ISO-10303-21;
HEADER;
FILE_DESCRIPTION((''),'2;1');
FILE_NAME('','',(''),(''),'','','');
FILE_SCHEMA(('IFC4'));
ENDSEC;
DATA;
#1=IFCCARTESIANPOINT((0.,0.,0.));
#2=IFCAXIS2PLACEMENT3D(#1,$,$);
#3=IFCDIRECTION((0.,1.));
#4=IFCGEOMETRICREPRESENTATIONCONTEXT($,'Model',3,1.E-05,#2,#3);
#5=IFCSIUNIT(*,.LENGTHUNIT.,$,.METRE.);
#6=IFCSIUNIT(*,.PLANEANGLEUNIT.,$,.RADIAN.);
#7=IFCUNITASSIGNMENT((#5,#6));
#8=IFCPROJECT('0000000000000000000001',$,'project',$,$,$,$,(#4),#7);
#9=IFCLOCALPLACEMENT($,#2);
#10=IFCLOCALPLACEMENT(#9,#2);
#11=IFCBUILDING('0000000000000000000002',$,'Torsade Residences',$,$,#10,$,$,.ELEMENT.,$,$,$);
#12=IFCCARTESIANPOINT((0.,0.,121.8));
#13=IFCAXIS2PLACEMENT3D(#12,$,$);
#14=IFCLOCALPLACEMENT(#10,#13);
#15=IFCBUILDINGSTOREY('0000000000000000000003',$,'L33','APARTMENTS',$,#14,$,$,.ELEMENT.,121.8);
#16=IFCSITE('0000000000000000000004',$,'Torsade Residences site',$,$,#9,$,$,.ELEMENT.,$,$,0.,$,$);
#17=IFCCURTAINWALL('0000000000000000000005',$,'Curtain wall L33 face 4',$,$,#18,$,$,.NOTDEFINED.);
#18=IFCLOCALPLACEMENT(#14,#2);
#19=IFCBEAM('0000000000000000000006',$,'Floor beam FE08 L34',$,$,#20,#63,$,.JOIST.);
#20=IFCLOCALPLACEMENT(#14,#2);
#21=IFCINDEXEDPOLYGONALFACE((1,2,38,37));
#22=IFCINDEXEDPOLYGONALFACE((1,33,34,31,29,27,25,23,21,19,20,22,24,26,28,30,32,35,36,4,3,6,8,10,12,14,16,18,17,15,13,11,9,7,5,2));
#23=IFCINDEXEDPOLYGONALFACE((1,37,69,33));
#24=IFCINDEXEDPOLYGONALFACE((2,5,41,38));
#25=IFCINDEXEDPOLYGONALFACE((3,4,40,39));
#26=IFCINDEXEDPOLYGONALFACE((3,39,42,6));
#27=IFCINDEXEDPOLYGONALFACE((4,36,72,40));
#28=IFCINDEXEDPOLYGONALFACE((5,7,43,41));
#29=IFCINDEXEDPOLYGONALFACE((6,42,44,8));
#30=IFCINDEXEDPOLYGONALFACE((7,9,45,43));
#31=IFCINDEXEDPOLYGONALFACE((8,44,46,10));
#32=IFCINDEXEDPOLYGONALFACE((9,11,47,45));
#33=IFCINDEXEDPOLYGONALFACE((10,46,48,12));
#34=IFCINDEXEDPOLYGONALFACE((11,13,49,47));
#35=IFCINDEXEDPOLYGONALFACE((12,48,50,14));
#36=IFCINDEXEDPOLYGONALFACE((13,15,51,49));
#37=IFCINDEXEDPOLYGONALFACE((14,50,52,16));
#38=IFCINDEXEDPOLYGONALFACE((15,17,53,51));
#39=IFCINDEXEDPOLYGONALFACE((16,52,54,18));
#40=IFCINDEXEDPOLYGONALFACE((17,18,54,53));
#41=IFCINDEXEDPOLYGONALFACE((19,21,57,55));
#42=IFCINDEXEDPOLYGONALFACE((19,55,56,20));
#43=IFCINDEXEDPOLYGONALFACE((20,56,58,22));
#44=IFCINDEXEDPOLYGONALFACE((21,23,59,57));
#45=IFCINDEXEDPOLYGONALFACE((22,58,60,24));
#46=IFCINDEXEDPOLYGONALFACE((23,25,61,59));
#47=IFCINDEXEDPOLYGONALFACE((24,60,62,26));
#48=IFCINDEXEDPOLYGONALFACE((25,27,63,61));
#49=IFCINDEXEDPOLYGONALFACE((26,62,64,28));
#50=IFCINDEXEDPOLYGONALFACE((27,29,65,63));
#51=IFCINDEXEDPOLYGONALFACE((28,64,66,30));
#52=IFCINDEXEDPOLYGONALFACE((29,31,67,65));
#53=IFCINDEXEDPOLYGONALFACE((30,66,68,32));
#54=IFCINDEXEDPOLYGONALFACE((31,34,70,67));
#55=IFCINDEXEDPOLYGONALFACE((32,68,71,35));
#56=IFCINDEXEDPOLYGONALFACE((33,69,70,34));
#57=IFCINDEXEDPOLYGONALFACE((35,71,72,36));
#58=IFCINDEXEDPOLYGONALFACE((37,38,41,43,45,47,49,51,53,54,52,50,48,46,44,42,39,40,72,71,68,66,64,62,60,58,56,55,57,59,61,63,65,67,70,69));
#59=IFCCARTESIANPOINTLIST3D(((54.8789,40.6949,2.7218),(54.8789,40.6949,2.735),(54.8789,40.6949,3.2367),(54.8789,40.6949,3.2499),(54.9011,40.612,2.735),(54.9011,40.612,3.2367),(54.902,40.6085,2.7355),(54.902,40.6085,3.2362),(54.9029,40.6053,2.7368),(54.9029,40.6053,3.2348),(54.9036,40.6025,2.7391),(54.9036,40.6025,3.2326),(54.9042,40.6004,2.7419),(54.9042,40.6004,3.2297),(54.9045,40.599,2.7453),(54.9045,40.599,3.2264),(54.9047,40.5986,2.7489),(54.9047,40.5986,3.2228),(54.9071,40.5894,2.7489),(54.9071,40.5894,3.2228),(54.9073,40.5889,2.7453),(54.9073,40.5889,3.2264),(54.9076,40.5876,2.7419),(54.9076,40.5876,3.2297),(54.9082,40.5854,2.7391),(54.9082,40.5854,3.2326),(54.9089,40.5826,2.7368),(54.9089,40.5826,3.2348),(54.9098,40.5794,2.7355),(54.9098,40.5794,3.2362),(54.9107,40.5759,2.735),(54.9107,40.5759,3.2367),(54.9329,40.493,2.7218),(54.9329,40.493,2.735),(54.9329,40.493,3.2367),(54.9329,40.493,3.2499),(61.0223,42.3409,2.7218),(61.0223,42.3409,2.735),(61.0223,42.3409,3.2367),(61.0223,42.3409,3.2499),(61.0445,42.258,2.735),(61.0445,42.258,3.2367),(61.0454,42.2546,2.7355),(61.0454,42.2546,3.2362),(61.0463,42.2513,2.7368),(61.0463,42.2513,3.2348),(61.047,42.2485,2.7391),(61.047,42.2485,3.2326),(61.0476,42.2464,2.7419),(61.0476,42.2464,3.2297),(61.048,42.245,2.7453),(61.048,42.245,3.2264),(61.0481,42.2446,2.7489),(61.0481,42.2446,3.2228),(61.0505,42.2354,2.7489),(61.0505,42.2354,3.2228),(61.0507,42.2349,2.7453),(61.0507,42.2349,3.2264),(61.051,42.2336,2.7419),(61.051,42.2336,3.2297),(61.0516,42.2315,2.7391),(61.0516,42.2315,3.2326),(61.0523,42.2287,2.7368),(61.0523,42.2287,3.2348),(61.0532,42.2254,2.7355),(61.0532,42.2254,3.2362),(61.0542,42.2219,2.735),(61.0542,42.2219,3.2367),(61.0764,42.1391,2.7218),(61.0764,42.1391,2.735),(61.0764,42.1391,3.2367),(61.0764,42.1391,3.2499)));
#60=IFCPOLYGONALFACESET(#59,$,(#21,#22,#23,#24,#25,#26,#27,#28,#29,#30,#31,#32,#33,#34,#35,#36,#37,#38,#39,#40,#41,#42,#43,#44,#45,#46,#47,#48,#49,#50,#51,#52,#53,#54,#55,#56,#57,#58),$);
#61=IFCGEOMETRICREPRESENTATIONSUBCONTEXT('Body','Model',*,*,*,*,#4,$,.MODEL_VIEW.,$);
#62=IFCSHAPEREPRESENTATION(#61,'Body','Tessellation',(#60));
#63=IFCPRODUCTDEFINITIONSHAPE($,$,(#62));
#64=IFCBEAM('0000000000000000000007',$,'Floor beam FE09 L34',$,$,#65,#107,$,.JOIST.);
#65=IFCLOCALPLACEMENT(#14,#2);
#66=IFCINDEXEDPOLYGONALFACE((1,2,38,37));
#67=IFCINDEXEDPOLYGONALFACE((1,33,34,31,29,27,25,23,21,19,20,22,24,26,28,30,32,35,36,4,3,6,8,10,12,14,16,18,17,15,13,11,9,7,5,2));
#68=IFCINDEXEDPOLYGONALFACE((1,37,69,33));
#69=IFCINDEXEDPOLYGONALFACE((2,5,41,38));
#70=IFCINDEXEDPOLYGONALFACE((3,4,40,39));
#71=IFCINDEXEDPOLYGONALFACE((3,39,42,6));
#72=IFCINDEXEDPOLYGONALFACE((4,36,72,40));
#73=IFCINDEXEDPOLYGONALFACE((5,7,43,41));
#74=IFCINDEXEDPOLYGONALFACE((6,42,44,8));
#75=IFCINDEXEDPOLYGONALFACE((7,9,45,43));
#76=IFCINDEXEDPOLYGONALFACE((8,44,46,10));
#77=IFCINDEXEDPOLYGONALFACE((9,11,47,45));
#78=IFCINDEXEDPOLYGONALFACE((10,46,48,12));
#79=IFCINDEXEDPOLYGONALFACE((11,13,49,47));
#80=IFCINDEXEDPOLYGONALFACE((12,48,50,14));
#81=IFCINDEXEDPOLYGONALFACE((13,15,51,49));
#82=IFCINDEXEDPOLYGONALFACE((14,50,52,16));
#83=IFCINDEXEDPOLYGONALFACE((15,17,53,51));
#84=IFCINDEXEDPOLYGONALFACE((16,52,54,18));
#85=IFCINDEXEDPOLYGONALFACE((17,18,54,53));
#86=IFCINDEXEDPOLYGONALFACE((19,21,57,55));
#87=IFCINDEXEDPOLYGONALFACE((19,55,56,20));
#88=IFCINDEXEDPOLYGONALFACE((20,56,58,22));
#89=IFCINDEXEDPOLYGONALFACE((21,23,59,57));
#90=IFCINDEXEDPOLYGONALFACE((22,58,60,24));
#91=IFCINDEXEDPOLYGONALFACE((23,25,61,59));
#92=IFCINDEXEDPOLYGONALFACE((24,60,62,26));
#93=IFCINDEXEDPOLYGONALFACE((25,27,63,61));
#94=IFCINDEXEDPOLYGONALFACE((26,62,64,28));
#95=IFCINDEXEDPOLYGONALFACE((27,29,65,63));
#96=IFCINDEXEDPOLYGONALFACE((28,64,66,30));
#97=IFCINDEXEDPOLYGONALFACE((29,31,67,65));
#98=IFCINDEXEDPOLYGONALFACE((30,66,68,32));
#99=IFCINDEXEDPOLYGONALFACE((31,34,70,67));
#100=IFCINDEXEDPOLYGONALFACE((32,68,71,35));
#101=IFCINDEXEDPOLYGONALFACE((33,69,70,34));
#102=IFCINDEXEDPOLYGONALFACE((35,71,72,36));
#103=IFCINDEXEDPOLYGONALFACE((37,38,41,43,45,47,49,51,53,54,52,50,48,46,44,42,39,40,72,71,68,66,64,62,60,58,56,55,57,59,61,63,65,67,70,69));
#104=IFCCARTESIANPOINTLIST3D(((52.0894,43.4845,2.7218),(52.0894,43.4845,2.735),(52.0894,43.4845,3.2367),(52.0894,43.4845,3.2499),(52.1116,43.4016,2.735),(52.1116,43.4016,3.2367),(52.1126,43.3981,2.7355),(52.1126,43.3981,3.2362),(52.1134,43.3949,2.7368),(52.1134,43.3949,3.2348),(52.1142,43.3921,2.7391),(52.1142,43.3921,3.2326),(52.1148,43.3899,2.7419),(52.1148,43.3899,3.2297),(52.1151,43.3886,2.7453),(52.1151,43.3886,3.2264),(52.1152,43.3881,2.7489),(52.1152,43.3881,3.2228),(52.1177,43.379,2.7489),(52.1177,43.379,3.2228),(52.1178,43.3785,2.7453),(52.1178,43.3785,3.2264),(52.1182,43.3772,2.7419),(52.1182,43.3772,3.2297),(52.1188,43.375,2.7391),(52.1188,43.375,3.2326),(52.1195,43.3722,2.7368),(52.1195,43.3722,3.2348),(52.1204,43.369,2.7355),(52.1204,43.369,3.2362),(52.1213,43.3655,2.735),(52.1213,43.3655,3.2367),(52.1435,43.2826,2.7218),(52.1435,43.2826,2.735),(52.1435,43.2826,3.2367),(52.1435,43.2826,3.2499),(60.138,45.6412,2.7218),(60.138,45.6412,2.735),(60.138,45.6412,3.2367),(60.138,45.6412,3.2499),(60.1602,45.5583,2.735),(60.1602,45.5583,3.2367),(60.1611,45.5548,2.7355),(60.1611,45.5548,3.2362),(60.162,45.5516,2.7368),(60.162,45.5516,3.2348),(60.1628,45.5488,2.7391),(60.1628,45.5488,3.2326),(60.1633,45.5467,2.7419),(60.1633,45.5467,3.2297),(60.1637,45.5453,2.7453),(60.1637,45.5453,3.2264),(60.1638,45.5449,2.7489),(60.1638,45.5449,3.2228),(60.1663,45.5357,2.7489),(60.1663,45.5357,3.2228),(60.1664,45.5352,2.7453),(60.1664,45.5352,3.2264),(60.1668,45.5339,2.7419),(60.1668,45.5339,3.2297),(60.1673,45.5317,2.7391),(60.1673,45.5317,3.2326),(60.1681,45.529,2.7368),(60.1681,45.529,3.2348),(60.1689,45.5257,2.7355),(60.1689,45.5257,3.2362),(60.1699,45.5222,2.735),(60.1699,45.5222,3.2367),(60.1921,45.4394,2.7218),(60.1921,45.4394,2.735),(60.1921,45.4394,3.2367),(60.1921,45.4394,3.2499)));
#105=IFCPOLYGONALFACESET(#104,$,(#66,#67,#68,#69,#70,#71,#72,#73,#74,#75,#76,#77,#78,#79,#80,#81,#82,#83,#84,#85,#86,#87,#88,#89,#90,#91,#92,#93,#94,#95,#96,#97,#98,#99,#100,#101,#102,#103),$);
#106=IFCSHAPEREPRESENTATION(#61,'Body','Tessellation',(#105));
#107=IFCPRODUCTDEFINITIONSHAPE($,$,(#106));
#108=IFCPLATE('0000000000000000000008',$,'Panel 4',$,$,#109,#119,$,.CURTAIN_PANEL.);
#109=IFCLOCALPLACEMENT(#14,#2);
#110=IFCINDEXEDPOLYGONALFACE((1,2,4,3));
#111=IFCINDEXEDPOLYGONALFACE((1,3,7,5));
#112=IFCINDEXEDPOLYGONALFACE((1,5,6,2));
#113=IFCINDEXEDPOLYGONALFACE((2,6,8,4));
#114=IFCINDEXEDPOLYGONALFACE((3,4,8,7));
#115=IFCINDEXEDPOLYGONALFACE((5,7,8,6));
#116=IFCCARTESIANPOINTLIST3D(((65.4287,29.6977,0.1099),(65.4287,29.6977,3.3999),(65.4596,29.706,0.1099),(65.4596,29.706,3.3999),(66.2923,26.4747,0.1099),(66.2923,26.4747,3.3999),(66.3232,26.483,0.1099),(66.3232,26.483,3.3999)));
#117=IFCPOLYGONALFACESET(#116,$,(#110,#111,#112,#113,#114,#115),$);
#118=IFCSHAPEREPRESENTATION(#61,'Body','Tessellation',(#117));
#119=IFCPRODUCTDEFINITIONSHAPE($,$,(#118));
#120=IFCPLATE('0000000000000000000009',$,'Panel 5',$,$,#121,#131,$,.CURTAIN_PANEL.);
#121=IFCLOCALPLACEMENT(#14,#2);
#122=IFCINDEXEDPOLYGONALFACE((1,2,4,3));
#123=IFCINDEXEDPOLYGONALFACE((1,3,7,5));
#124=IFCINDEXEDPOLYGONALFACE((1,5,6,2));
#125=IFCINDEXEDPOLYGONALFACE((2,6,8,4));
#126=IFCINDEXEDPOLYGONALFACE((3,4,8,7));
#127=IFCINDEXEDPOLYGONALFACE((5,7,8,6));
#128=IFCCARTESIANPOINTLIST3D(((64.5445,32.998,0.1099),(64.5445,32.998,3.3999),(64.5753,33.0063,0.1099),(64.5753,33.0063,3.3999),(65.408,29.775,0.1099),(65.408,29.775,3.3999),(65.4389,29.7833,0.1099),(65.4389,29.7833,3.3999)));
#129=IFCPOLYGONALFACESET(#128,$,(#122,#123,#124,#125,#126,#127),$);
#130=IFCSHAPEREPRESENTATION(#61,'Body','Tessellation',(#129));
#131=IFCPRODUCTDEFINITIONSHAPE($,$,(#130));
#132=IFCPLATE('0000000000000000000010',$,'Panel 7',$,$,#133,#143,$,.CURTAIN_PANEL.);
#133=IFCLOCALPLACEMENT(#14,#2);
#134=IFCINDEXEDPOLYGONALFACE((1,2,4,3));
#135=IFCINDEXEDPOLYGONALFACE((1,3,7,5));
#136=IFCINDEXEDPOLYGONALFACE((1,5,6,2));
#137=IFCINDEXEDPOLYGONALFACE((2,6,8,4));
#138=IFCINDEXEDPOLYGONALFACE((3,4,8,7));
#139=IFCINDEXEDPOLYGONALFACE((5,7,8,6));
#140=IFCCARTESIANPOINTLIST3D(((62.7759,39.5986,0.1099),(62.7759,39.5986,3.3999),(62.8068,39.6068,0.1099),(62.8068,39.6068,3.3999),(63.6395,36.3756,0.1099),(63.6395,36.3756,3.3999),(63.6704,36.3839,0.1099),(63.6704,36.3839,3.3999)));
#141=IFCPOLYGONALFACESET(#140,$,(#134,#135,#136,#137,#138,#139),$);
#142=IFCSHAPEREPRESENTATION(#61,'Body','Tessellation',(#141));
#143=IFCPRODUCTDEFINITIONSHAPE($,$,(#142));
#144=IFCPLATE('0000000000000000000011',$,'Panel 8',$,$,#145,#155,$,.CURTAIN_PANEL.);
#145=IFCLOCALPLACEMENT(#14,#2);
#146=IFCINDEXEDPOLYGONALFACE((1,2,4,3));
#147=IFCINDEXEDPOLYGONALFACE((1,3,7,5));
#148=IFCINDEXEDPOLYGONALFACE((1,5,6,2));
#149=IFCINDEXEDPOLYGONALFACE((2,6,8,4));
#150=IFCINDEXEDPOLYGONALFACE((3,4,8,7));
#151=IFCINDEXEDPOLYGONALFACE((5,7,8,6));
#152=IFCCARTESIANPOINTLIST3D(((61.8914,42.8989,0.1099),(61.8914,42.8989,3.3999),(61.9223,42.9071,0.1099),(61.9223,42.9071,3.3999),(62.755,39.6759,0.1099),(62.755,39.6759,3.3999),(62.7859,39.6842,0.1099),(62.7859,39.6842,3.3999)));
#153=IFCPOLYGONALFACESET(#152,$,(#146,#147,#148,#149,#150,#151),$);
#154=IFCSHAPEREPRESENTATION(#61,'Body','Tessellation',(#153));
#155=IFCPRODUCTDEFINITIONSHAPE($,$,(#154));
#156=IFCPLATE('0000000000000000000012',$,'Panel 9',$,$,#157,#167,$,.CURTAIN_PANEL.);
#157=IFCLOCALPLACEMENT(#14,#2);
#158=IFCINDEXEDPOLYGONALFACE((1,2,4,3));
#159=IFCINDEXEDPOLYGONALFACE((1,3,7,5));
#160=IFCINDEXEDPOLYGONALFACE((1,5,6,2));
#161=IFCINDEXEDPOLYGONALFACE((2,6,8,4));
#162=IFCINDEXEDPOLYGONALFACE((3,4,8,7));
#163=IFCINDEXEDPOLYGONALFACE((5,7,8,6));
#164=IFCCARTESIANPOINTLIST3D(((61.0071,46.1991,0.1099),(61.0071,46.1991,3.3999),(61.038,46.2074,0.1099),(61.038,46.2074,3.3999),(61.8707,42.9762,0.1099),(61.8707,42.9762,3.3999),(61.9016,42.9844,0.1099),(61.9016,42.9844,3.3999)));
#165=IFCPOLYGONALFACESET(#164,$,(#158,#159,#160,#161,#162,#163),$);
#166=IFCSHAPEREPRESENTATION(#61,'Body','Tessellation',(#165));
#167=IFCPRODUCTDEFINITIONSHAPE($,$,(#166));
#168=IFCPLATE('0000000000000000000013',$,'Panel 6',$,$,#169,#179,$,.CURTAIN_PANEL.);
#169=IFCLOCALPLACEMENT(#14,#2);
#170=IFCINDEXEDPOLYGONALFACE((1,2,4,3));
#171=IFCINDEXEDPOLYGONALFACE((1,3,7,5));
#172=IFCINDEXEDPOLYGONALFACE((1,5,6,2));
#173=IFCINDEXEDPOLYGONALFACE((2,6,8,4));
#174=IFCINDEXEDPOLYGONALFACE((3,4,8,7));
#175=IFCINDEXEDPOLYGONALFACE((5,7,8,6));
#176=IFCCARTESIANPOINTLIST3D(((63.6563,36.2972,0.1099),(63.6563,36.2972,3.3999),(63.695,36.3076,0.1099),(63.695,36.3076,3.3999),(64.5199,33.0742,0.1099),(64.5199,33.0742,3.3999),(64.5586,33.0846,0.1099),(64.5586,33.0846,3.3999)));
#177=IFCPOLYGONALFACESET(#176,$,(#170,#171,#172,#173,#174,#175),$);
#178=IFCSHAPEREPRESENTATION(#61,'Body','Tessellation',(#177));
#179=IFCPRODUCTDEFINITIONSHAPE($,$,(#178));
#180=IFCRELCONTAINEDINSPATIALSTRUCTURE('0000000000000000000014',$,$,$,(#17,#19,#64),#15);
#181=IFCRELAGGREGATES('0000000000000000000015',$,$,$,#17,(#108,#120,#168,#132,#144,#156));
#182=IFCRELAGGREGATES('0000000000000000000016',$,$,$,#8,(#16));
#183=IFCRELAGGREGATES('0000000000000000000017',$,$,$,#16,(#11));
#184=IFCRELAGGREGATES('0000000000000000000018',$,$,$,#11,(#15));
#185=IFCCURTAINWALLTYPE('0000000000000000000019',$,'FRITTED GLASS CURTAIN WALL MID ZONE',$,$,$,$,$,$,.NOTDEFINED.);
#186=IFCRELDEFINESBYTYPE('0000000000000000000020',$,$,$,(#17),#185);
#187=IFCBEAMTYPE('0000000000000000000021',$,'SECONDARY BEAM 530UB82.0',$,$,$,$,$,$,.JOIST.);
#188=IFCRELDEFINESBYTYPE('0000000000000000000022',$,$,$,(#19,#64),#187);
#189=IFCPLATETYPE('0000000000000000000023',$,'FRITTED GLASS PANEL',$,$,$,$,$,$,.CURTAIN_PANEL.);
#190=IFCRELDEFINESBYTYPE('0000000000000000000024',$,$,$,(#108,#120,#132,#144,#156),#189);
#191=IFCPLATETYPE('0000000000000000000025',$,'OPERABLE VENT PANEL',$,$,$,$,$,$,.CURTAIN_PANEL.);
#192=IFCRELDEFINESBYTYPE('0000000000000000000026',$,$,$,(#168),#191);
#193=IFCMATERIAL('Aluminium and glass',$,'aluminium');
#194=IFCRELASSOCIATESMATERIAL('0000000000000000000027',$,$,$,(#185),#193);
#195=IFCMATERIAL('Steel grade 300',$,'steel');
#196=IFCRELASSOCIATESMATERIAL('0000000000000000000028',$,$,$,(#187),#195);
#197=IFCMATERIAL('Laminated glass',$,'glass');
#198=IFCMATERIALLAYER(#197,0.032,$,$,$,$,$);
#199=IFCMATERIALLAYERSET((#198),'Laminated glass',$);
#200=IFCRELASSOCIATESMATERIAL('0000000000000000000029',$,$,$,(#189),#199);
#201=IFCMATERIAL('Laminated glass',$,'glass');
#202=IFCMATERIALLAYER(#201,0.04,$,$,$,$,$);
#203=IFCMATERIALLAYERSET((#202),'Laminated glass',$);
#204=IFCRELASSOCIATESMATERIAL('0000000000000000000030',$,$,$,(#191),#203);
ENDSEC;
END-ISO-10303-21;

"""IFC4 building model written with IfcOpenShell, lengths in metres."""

from ifc_helpers import new_model, si_unit, direction, frame, origin, origin_2d, place, context, subcontext, project, spatial, rectangle, i_section, extrude, material, layer, layer_set, material_profile, profile_set, type_object, element, aggregate, save


model = new_model("IFC4")

# Units and contexts
model_context = context("Model", 3, precision=1e-05, world=origin(), true_north=direction((0.0, 1.0)))
body_context = subcontext(model_context, "Body", "Model", "MODEL_VIEW")
ifc_project = project(units=[si_unit("LENGTHUNIT", "METRE"), si_unit("PLANEANGLEUNIT", "RADIAN")], contexts=[model_context])

# Site, building, storey
site_placement = place(None, origin())
site = spatial("IfcSite", under=ifc_project, at=site_placement, Name="Torsade Residences site", CompositionType="ELEMENT", RefElevation=0.0)
building_placement = place(site_placement, origin())
building = spatial("IfcBuilding", under=site, at=building_placement, Name="Torsade Residences", CompositionType="ELEMENT")
storey_placement = place(building_placement, frame((0.0, 0.0, 121.8)))
storey = spatial("IfcBuildingStorey", under=building, at=storey_placement, Name="L33", Description="APARTMENTS", CompositionType="ELEMENT", Elevation=121.8)

# Curtain wall
ifc_material_1 = material(Name="Aluminium and glass", Category="aluminium")
curtain_wall_type = type_object("IfcCurtainWallType", Name="FRITTED GLASS CURTAIN WALL MID ZONE", PredefinedType="NOTDEFINED", material=ifc_material_1)
curtain_wall_placement = place(storey_placement, origin())
curtain_wall = element("IfcCurtainWall", 1, at=curtain_wall_placement, inside=storey, type_object=curtain_wall_type, Name="Curtain wall L33 face 4", PredefinedType="NOTDEFINED")

# Beams
ifc_material_2 = material(Name="Steel grade 300", Category="steel")
ifc_material_profile_1 = material_profile(ifc_material_2, i_section(OverallWidth=0.209, OverallDepth=0.5281, WebThickness=0.0095, FlangeThickness=0.0132, FilletRadius=0.0139, at=origin_2d()), Name="530UB82.0")
ifc_profile_set_1 = profile_set([ifc_material_profile_1], Name="Steel grade 300")
beam_type_1 = type_object("IfcBeamType", Name="SECONDARY BEAM 530UB82.0", PredefinedType="JOIST", material=ifc_profile_set_1)
beam_1_placement = place(storey_placement, frame((61.0493, 42.24, 2.9858), z_axis=(-0.96593, -0.258805, 0.0), x_axis=(0.258805, -0.96593, 0.0)))
element("IfcBeam", 2, at=beam_1_placement, inside=storey, type_object=beam_type_1, Name="Floor beam FE08 L34", PredefinedType="JOIST", context=body_context, shape_type="SweptSolid", body=[
    extrude(i_section(OverallWidth=0.209, OverallDepth=0.5281, WebThickness=0.0095, FlangeThickness=0.0132, FilletRadius=0.0139, at=origin_2d()), origin(), (0.0, 0.0, 1.0), 6.3601),
])
beam_2_placement = place(storey_placement, frame((60.165, 45.5403, 2.9858), z_axis=(-0.965922, -0.258833, 0.0), x_axis=(0.258833, -0.965922, 0.0)))
element("IfcBeam", 3, at=beam_2_placement, inside=storey, type_object=beam_type_1, Name="Floor beam FE09 L34", PredefinedType="JOIST", context=body_context, shape_type="SweptSolid", body=[
    extrude(i_section(OverallWidth=0.209, OverallDepth=0.5281, WebThickness=0.0095, FlangeThickness=0.0132, FilletRadius=0.0139, at=origin_2d()), origin(), (0.0, 0.0, 1.0), 8.3325),
])

# Plates
ifc_material_3 = material(Name="Laminated glass", Category="glass")
ifc_layer_1 = layer(ifc_material_3, 0.032)
ifc_layer_set_1 = layer_set([ifc_layer_1], Name="Laminated glass")
plate_type_1 = type_object("IfcPlateType", Name="FRITTED GLASS PANEL", PredefinedType="CURTAIN_PANEL", material=ifc_layer_set_1)
plate_1_placement = place(storey_placement, frame((65.876, 28.0903, 0.1099), z_axis=(0.0, 0.0, 1.0), x_axis=(-0.258819, 0.965926, 0.0)))
plate_1 = element("IfcPlate", 4, at=plate_1_placement, type_object=plate_type_1, Name="Panel 4", PredefinedType="CURTAIN_PANEL", context=body_context, shape_type="SweptSolid", body=[
    extrude(rectangle(XDim=3.3367, YDim=0.032, at=origin_2d()), origin(), (0.0, 0.0, 1.0), 3.29),
])
plate_2_placement = place(storey_placement, frame((64.9917, 31.3906, 0.1099), z_axis=(0.0, 0.0, 1.0), x_axis=(-0.258819, 0.965926, 0.0)))
plate_2 = element("IfcPlate", 5, at=plate_2_placement, type_object=plate_type_1, Name="Panel 5", PredefinedType="CURTAIN_PANEL", context=body_context, shape_type="SweptSolid", body=[
    extrude(rectangle(XDim=3.3367, YDim=0.032, at=origin_2d()), origin(), (0.0, 0.0, 1.0), 3.29),
])
plate_3_placement = place(storey_placement, frame((63.2231, 37.9912, 0.1099), z_axis=(0.0, 0.0, 1.0), x_axis=(-0.258819, 0.965926, 0.0)))
plate_3 = element("IfcPlate", 6, at=plate_3_placement, type_object=plate_type_1, Name="Panel 7", PredefinedType="CURTAIN_PANEL", context=body_context, shape_type="SweptSolid", body=[
    extrude(rectangle(XDim=3.3367, YDim=0.032, at=origin_2d()), origin(), (0.0, 0.0, 1.0), 3.29),
])
plate_4_placement = place(storey_placement, frame((62.3386, 41.2915, 0.1099), z_axis=(0.0, 0.0, 1.0), x_axis=(-0.258819, 0.965926, 0.0)))
plate_4 = element("IfcPlate", 7, at=plate_4_placement, type_object=plate_type_1, Name="Panel 8", PredefinedType="CURTAIN_PANEL", context=body_context, shape_type="SweptSolid", body=[
    extrude(rectangle(XDim=3.3367, YDim=0.032, at=origin_2d()), origin(), (0.0, 0.0, 1.0), 3.29),
])
plate_5_placement = place(storey_placement, frame((61.4543, 44.5918, 0.1099), z_axis=(0.0, 0.0, 1.0), x_axis=(-0.258819, 0.965926, 0.0)))
plate_5 = element("IfcPlate", 8, at=plate_5_placement, type_object=plate_type_1, Name="Panel 9", PredefinedType="CURTAIN_PANEL", context=body_context, shape_type="SweptSolid", body=[
    extrude(rectangle(XDim=3.3367, YDim=0.032, at=origin_2d()), origin(), (0.0, 0.0, 1.0), 3.29),
])
ifc_material_4 = material(Name="Laminated glass", Category="glass")
ifc_layer_2 = layer(ifc_material_4, 0.04)
ifc_layer_set_2 = layer_set([ifc_layer_2], Name="Laminated glass")
plate_type_2 = type_object("IfcPlateType", Name="OPERABLE VENT PANEL", PredefinedType="CURTAIN_PANEL", material=ifc_layer_set_2)
plate_6_placement = place(storey_placement, frame((64.1074, 34.6909, 0.1099), z_axis=(0.0, 0.0, 1.0), x_axis=(-0.258819, 0.965926, 0.0)))
plate_6 = element("IfcPlate", 9, at=plate_6_placement, type_object=plate_type_2, Name="Panel 6", PredefinedType="CURTAIN_PANEL", context=body_context, shape_type="SweptSolid", body=[
    extrude(rectangle(XDim=3.3367, YDim=0.04, at=origin_2d()), origin(), (0.0, 0.0, 1.0), 3.29),
])
aggregate(curtain_wall, [plate_1, plate_2, plate_6, plate_3, plate_4, plate_5])

save(model, "model.ifc")
